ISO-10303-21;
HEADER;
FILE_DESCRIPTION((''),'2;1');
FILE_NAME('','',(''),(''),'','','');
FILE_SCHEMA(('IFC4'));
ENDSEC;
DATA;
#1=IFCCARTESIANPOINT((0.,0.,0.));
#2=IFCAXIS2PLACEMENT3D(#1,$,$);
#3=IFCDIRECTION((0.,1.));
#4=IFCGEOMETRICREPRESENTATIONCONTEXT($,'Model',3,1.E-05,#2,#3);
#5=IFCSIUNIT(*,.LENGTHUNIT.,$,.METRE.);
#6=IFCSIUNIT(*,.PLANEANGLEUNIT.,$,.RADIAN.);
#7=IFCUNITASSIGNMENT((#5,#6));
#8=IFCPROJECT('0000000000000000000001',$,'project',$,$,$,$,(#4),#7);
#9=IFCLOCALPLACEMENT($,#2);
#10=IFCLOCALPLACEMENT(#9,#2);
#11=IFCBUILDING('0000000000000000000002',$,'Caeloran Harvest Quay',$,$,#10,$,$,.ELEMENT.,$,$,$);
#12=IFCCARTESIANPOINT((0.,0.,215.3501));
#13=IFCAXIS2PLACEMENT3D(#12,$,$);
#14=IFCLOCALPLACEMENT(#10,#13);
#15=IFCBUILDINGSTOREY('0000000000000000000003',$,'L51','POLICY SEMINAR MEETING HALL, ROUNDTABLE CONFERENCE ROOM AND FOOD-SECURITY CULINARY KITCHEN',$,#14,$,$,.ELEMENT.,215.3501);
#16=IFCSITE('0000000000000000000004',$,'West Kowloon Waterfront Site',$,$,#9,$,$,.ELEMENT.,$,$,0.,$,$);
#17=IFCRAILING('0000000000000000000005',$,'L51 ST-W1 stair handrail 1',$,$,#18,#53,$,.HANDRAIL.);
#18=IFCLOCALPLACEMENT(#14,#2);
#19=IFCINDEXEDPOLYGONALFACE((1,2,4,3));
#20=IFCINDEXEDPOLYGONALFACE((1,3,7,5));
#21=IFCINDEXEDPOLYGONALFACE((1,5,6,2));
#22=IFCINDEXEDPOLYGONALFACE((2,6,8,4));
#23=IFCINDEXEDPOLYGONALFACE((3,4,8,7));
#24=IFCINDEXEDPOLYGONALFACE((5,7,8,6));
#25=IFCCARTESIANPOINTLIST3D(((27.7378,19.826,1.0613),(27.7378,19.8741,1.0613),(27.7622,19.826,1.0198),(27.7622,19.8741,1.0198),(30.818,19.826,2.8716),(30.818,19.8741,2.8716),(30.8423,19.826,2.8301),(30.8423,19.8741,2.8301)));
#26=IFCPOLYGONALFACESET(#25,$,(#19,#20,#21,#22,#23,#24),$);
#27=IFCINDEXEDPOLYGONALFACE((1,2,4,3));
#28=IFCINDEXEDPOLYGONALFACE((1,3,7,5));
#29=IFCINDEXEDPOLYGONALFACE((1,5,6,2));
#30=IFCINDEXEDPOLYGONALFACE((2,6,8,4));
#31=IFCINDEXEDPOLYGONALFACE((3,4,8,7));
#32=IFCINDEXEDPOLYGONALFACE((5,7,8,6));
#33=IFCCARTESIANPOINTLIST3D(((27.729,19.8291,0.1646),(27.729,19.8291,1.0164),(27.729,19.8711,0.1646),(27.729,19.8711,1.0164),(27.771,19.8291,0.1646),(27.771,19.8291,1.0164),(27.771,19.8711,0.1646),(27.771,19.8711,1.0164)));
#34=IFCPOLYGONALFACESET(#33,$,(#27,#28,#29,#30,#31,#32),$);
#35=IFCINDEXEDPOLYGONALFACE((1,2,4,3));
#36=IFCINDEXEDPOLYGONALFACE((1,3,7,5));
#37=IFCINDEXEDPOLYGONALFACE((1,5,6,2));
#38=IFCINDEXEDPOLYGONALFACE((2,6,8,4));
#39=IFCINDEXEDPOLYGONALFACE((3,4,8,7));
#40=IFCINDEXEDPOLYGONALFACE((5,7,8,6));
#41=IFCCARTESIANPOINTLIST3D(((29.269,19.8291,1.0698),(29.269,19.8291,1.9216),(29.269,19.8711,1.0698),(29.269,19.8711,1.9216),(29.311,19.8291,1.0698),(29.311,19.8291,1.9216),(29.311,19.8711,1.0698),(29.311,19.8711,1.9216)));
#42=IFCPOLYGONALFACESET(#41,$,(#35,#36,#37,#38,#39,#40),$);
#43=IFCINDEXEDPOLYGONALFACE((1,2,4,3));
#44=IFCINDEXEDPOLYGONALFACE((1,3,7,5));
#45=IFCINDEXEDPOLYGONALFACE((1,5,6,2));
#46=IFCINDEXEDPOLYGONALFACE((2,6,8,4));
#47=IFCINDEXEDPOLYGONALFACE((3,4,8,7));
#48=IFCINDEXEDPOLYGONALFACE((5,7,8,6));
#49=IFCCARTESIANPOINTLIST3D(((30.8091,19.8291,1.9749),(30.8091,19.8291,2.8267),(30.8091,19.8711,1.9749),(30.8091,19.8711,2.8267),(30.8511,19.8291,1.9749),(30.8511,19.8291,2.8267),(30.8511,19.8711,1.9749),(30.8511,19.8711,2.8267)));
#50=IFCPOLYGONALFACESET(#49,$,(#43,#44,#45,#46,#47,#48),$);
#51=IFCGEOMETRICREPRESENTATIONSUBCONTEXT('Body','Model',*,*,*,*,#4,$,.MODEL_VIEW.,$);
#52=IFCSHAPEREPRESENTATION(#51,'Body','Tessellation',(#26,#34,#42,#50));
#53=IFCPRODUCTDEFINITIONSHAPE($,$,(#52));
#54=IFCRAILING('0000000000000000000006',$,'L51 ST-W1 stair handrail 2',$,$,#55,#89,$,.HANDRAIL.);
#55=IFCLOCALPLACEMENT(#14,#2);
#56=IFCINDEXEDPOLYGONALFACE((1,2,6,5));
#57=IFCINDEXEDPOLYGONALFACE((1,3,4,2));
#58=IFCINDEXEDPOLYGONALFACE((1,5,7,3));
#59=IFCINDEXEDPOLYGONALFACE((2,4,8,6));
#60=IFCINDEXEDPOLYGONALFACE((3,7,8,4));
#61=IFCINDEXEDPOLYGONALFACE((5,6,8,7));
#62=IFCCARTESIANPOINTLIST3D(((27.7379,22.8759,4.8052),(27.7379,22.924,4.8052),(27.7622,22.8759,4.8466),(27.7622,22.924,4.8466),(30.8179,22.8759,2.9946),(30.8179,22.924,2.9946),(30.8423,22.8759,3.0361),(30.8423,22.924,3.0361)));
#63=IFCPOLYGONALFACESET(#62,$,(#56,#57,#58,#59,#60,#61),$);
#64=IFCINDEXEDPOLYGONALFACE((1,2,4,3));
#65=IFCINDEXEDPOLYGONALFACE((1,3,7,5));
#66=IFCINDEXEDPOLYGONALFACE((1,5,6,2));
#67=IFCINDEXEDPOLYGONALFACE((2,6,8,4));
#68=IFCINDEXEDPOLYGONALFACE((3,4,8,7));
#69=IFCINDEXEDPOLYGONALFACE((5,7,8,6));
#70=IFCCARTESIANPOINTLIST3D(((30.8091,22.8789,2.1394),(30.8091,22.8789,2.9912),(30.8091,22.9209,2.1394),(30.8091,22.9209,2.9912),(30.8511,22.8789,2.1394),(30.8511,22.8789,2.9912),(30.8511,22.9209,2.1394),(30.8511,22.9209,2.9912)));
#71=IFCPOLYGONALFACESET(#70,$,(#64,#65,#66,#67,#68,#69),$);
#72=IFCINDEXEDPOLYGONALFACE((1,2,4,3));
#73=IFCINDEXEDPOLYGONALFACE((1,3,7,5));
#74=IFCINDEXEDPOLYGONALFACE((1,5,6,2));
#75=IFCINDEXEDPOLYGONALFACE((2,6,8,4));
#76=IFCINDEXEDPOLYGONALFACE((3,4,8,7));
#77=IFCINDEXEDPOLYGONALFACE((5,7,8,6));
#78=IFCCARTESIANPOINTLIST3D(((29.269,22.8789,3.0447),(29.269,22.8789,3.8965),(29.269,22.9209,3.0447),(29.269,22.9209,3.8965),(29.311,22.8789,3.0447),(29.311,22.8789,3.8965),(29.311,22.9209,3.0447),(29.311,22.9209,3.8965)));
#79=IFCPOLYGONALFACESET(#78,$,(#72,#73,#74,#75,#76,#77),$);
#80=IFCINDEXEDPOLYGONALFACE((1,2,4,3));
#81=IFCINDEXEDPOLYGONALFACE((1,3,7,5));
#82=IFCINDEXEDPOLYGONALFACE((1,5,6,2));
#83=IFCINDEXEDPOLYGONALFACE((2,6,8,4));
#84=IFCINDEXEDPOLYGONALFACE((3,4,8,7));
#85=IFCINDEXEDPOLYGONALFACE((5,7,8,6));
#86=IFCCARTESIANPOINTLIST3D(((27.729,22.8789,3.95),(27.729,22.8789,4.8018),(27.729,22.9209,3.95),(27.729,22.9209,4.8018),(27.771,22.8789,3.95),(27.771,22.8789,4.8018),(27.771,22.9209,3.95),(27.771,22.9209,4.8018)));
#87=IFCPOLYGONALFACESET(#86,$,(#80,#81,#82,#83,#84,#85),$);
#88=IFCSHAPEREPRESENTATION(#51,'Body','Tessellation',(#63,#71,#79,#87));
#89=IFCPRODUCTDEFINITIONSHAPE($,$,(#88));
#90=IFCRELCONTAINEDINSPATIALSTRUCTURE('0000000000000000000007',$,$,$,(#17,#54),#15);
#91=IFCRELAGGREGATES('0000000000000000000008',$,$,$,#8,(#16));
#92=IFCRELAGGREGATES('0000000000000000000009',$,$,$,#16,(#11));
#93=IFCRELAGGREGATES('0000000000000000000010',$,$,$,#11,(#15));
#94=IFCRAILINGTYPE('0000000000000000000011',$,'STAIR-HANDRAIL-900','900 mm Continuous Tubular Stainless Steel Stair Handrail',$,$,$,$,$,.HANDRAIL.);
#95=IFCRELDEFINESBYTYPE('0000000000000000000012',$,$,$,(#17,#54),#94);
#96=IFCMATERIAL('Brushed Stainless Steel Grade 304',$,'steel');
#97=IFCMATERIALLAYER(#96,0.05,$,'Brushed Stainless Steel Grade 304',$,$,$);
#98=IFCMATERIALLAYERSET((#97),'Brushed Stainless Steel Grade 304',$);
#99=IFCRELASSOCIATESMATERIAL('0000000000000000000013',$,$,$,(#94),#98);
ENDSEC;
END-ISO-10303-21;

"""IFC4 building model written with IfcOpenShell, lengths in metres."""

from ifc_helpers import new_model, si_unit, direction, frame, origin, origin_2d, place, context, subcontext, project, spatial, rectangle, extrude, material, layer, layer_set, type_object, element, save


model = new_model("IFC4")

# Units and contexts
model_context = context("Model", 3, precision=1e-05, world=origin(), true_north=direction((0.0, 1.0)))
body_context = subcontext(model_context, "Body", "Model", "MODEL_VIEW")
ifc_project = project(units=[si_unit("LENGTHUNIT", "METRE"), si_unit("PLANEANGLEUNIT", "RADIAN")], contexts=[model_context])

# Site, building, storey
site_placement = place(None, origin())
site = spatial("IfcSite", under=ifc_project, at=site_placement, Name="West Kowloon Waterfront Site", CompositionType="ELEMENT", RefElevation=0.0)
building_placement = place(site_placement, origin())
building = spatial("IfcBuilding", under=site, at=building_placement, Name="Caeloran Harvest Quay", CompositionType="ELEMENT")
storey_placement = place(building_placement, frame((0.0, 0.0, 215.3501)))
storey = spatial("IfcBuildingStorey", under=building, at=storey_placement, Name="L51", Description="POLICY SEMINAR MEETING HALL, ROUNDTABLE CONFERENCE ROOM AND FOOD-SECURITY CULINARY KITCHEN", CompositionType="ELEMENT", Elevation=215.3501)

# Railings
ifc_material_1 = material(Name="Brushed Stainless Steel Grade 304", Category="steel")
ifc_layer_1 = layer(ifc_material_1, 0.05, Name="Brushed Stainless Steel Grade 304")
ifc_layer_set_1 = layer_set([ifc_layer_1], Name="Brushed Stainless Steel Grade 304")
railing_type_1 = type_object("IfcRailingType", Name="STAIR-HANDRAIL-900", Description="900 mm Continuous Tubular Stainless Steel Stair Handrail", PredefinedType="HANDRAIL", material=ifc_layer_set_1)
railing_1_placement = place(storey_placement, frame((27.75, 19.8501, 0.1646)))
element("IfcRailing", 1, at=railing_1_placement, inside=storey, type_object=railing_type_1, Name="L51 ST-W1 stair handrail 1", PredefinedType="HANDRAIL", context=body_context, shape_type="SweptSolid", body=[
    extrude(rectangle(XDim=0.0481, YDim=0.0481, at=origin_2d()), frame((0.0, 0.0, 0.876), z_axis=(0.862119, 0.0, 0.506707), x_axis=(0.0, 1.0, 0.0)), (0.0, 0.0, 1.0), 3.5728),
    extrude(rectangle(XDim=0.042, YDim=0.042, at=origin_2d()), origin(), (0.0, 0.0, 1.0), 0.8518),
    extrude(rectangle(XDim=0.042, YDim=0.042, at=origin_2d()), frame((1.54, 0.0, 0.9053)), (0.0, 0.0, 1.0), 0.8518),
    extrude(rectangle(XDim=0.042, YDim=0.042, at=origin_2d()), frame((3.0801, 0.0, 1.8103)), (0.0, 0.0, 1.0), 0.8518),
])
railing_2_placement = place(storey_placement, frame((30.8301, 22.8999, 2.1394)))
element("IfcRailing", 2, at=railing_2_placement, inside=storey, type_object=railing_type_1, Name="L51 ST-W1 stair handrail 2", PredefinedType="HANDRAIL", context=body_context, shape_type="SweptSolid", body=[
    extrude(rectangle(XDim=0.0481, YDim=0.0481, at=origin_2d()), frame((0.0, 0.0, 0.876), z_axis=(-0.862089, 0.0, 0.506757), x_axis=(0.0, -1.0, 0.0)), (0.0, 0.0, 1.0), 3.5728),
    extrude(rectangle(XDim=0.042, YDim=0.042, at=origin_2d()), origin(), (0.0, 0.0, 1.0), 0.8518),
    extrude(rectangle(XDim=0.042, YDim=0.042, at=origin_2d()), frame((-1.54, 0.0, 0.9053)), (0.0, 0.0, 1.0), 0.8518),
    extrude(rectangle(XDim=0.042, YDim=0.042, at=origin_2d()), frame((-3.0801, 0.0, 1.8105)), (0.0, 0.0, 1.0), 0.8518),
])

save(model, "model.ifc")
